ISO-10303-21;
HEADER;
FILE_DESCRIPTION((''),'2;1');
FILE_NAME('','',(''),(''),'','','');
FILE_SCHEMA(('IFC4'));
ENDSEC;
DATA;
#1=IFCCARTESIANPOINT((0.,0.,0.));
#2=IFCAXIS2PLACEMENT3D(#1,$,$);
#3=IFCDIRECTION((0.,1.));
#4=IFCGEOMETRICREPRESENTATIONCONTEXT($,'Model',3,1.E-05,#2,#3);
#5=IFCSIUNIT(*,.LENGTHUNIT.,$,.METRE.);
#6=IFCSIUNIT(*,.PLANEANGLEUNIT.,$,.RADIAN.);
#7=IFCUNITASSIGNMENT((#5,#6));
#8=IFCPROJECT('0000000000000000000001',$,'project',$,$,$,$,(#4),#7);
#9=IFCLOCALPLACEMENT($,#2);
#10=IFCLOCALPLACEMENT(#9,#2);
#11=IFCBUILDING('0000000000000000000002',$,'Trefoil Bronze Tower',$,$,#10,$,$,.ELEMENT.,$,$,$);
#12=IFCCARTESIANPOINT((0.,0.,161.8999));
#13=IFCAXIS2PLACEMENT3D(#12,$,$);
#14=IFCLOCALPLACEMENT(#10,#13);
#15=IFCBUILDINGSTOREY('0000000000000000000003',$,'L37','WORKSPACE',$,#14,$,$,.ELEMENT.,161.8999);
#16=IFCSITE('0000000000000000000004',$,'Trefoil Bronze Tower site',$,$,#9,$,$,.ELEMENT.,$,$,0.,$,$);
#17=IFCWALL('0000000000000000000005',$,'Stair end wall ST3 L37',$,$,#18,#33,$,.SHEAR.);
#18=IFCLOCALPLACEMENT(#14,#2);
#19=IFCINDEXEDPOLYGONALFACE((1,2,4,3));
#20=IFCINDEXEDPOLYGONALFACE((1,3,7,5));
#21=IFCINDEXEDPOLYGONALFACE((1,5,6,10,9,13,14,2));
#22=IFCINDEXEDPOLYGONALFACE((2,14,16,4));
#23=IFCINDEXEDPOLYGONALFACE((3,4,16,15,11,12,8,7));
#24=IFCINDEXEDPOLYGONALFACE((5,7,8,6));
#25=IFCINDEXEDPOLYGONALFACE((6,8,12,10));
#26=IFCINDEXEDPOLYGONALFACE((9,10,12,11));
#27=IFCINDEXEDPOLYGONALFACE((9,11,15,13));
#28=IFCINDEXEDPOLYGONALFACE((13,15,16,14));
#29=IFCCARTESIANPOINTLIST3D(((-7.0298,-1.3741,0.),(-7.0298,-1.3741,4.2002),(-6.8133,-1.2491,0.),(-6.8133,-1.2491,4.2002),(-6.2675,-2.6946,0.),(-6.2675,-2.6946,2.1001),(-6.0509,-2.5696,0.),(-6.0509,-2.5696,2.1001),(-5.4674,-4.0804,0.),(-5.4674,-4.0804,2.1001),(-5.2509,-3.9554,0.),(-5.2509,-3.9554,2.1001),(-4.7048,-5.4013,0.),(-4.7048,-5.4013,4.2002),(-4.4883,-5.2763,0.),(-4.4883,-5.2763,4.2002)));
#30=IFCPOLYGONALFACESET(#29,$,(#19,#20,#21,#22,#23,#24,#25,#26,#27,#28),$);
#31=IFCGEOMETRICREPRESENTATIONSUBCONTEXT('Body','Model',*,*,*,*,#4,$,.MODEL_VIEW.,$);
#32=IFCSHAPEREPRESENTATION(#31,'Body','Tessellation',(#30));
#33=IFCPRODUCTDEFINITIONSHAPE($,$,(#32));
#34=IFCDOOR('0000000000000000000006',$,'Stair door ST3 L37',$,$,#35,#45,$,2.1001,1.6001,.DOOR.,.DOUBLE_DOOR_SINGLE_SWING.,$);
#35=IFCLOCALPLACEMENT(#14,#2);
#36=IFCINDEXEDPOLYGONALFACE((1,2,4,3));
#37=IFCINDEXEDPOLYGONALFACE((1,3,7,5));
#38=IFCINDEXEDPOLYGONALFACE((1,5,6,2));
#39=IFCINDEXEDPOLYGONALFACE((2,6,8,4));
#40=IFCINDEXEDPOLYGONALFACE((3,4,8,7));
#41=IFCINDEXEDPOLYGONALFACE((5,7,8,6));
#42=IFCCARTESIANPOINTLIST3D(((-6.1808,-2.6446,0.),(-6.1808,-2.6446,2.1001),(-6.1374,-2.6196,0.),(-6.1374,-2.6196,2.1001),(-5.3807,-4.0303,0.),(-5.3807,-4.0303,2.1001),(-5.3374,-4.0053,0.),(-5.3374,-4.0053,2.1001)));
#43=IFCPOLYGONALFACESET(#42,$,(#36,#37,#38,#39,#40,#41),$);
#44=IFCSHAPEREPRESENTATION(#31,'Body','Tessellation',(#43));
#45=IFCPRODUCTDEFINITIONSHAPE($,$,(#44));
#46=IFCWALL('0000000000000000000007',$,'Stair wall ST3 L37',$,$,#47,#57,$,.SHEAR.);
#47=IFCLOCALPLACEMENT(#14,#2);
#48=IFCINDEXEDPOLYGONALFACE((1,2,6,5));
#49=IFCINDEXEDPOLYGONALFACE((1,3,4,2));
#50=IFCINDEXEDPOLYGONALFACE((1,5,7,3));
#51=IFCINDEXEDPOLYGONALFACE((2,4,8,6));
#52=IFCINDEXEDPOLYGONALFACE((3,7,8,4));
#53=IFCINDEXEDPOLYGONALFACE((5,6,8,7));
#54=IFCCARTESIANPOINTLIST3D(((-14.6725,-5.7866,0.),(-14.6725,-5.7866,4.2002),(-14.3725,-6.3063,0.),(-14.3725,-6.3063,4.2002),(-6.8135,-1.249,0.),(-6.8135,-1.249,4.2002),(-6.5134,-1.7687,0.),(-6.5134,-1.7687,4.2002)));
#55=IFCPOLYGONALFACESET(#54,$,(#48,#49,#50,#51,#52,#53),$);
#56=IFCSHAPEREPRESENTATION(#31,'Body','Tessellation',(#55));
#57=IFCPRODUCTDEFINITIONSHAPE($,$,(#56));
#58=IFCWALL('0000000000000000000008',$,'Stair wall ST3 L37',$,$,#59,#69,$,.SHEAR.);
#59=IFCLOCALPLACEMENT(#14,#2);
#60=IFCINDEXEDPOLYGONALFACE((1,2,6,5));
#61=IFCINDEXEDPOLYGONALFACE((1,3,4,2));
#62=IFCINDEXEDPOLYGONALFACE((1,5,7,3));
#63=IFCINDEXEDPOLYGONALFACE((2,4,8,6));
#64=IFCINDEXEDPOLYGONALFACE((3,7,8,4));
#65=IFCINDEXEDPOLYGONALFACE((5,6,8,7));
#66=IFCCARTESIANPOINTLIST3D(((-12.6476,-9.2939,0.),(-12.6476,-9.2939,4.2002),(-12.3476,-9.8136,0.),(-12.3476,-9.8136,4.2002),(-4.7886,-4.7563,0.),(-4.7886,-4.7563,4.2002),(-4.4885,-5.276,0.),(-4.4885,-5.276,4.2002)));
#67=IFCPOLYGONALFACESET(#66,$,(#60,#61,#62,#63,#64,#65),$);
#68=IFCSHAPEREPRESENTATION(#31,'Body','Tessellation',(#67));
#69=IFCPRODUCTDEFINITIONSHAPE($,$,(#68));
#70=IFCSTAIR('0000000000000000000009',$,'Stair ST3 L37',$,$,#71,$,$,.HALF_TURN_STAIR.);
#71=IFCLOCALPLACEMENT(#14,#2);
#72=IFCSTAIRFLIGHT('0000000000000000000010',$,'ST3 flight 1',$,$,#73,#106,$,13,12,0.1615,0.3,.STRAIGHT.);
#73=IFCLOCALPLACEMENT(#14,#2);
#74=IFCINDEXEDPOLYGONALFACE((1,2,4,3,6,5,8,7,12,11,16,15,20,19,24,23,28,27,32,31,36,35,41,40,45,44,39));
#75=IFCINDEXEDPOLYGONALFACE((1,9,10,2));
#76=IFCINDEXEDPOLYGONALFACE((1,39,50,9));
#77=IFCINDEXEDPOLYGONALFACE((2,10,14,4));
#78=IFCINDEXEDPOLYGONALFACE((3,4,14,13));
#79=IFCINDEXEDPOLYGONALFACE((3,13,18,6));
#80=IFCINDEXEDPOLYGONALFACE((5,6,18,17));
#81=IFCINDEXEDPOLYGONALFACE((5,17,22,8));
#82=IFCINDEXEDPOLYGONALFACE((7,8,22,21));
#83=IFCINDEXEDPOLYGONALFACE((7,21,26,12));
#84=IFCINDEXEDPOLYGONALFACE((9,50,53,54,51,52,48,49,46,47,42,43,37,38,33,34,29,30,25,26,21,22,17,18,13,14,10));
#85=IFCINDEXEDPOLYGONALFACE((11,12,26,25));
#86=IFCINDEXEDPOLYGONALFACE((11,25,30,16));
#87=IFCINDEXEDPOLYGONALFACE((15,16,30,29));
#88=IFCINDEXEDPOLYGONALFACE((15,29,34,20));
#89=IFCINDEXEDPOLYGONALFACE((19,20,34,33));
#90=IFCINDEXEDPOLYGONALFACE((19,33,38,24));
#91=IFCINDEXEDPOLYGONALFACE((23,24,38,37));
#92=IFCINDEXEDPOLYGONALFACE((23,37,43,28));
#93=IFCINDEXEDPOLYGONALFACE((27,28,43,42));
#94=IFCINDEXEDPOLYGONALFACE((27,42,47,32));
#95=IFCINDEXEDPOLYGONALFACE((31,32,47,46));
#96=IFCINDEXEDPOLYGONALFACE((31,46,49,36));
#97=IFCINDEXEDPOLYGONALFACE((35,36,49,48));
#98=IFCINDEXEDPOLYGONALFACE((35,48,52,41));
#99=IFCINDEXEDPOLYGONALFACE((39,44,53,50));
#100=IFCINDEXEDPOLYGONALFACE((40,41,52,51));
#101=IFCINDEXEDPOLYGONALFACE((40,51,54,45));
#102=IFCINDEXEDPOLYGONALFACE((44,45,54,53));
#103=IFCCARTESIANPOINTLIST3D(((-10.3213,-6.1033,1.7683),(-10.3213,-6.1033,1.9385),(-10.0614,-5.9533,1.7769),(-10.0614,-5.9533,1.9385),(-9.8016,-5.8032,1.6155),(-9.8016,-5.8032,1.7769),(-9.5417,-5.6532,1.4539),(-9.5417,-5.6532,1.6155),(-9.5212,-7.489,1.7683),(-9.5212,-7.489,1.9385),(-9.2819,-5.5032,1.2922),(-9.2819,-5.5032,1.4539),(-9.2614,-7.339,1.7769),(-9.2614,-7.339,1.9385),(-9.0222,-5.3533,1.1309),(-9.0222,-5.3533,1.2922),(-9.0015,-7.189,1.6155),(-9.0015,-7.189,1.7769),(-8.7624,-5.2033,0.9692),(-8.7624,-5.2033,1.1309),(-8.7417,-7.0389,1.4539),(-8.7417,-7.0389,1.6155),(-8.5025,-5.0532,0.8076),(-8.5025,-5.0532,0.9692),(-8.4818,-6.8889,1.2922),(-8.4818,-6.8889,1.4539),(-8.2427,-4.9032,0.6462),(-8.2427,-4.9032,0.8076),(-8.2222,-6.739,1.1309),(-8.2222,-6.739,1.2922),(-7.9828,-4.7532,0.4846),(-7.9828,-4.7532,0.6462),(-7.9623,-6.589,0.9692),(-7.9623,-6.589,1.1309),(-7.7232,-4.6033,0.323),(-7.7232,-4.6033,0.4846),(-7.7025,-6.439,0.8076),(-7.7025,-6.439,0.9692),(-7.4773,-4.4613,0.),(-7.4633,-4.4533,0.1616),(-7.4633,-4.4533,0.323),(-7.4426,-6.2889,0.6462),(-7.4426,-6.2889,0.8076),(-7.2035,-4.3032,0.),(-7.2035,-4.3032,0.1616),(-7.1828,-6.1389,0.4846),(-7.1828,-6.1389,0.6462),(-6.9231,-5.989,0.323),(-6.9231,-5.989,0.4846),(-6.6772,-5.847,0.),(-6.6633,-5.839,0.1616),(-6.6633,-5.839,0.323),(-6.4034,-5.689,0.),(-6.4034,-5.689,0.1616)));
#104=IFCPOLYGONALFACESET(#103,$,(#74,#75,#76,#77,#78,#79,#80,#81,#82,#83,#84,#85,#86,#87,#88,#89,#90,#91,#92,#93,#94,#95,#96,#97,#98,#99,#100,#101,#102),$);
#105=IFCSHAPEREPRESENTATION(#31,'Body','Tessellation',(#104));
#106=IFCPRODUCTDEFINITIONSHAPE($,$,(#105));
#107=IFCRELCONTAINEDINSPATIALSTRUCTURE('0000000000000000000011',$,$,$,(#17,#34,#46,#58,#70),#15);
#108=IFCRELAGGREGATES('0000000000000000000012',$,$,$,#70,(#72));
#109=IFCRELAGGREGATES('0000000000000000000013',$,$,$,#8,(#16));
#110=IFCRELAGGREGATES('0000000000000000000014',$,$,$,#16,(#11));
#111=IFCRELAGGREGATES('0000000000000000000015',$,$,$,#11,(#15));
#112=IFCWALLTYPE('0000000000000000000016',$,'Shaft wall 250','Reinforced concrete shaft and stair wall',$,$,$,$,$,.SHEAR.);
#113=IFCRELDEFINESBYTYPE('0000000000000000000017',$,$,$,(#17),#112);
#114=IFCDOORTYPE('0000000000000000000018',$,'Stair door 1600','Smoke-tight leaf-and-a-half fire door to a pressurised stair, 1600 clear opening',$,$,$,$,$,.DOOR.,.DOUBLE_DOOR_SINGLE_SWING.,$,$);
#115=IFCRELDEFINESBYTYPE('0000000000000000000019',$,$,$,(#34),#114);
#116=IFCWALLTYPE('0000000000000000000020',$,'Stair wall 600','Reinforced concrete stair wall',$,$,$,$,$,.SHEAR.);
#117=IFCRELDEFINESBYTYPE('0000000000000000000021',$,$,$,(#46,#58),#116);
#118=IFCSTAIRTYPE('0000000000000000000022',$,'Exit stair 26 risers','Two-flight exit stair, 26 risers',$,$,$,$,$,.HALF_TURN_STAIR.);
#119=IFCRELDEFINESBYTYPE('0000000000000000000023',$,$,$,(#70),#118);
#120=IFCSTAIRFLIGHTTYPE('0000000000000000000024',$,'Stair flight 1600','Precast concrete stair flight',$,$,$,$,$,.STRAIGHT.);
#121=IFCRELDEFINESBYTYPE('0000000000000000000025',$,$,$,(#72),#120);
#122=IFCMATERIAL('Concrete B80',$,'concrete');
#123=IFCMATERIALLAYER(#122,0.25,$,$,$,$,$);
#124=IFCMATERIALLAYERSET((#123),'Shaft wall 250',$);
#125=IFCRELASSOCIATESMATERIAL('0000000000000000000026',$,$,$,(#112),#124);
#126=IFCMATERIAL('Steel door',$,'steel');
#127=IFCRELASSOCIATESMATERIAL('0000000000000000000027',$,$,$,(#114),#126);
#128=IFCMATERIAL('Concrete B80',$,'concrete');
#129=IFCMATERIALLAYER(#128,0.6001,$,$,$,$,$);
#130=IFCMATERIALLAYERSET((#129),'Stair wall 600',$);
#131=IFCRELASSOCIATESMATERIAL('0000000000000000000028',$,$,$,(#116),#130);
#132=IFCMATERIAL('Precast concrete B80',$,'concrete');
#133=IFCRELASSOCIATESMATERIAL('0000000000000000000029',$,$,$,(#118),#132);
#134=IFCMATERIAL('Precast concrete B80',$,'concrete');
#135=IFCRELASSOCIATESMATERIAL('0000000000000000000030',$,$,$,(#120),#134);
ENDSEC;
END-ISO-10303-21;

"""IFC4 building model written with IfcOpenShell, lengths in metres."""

from ifc_helpers import new_model, si_unit, direction, frame, frame_2d, origin, place, context, subcontext, project, spatial, polyline, rectangle, outline, extrude, material, layer, layer_set, type_object, element, fill, aggregate, save


model = new_model("IFC4")

# Units and contexts
model_context = context("Model", 3, precision=1e-05, world=origin(), true_north=direction((0.0, 1.0)))
body_context = subcontext(model_context, "Body", "Model", "MODEL_VIEW")
ifc_project = project(units=[si_unit("LENGTHUNIT", "METRE"), si_unit("PLANEANGLEUNIT", "RADIAN")], contexts=[model_context])

# Site, building, storey
site_placement = place(None, origin())
site = spatial("IfcSite", under=ifc_project, at=site_placement, Name="Trefoil Bronze Tower site", CompositionType="ELEMENT", RefElevation=0.0)
building_placement = place(site_placement, origin())
building = spatial("IfcBuilding", under=site, at=building_placement, Name="Trefoil Bronze Tower", CompositionType="ELEMENT")
storey_placement = place(building_placement, frame((0.0, 0.0, 161.8999)))
storey = spatial("IfcBuildingStorey", under=building, at=storey_placement, Name="L37", Description="WORKSPACE", CompositionType="ELEMENT", Elevation=161.8999)

# Wall, opening, door
ifc_material_1 = material(Name="Concrete B80", Category="concrete")
ifc_layer_1 = layer(ifc_material_1, 0.25)
ifc_layer_set_1 = layer_set([ifc_layer_1], Name="Shaft wall 250")
wall_type_1 = type_object("IfcWallType", Name="Shaft wall 250", Description="Reinforced concrete shaft and stair wall", PredefinedType="SHEAR", material=ifc_layer_set_1)
wall_1_placement = place(storey_placement, frame((-6.9216, -1.3115, 0.0), z_axis=(0.0, 0.0, 1.0), x_axis=(0.499985, -0.866034, 0.0)))
wall_1 = element("IfcWall", 1, at=wall_1_placement, inside=storey, type_object=wall_type_1, Name="Stair end wall ST3 L37", PredefinedType="SHEAR", context=body_context, shape_type="SweptSolid", body=[
    extrude(rectangle(XDim=4.6501, YDim=0.25, at=frame_2d((2.3252, 0.0))), origin(), (0.0, 0.0, 1.0), 4.2002),
])
opening_1_placement = place(wall_1_placement, frame((1.5249, 0.0, 0.0)))
opening_1 = element("IfcOpeningElement", 2, at=opening_1_placement, cuts=wall_1, PredefinedType="OPENING", context=body_context, shape_type="SweptSolid", body=[
    extrude(rectangle(XDim=1.6001, YDim=2.1001, at=frame_2d((0.8, 1.05))), frame((0.0, 0.135, 0.0), z_axis=(0.0, -1.0, 0.0), x_axis=(1.0, 0.0, 0.0)), (0.0, 0.0, 1.0), 0.27),
])
ifc_material_2 = material(Name="Steel door", Category="steel")
door_type_1 = type_object("IfcDoorType", Name="Stair door 1600", Description="Smoke-tight leaf-and-a-half fire door to a pressurised stair, 1600 clear opening", OperationType="DOUBLE_DOOR_SINGLE_SWING", PredefinedType="DOOR", material=ifc_material_2)
door_1_placement = place(opening_1_placement, frame((1.6001, 0.0, 0.0), z_axis=(0.0, 0.0, 1.0), x_axis=(-1.0, 0.0, 0.0)))
door_1 = element("IfcDoor", 3, at=door_1_placement, inside=storey, type_object=door_type_1, Name="Stair door ST3 L37", OperationType="DOUBLE_DOOR_SINGLE_SWING", OverallHeight=2.1001, OverallWidth=1.6001, PredefinedType="DOOR", context=body_context, shape_type="SweptSolid", body=[
    extrude(rectangle(XDim=1.6001, YDim=2.1001, at=frame_2d((0.8, 1.05))), frame((0.0, 0.0249, 0.0), z_axis=(0.0, -1.0, 0.0), x_axis=(1.0, 0.0, 0.0)), (0.0, 0.0, 1.0), 0.05),
])
fill(opening_1, door_1)

# Walls
ifc_material_3 = material(Name="Concrete B80", Category="concrete")
ifc_layer_2 = layer(ifc_material_3, 0.6001)
ifc_layer_set_2 = layer_set([ifc_layer_2], Name="Stair wall 600")
wall_type_2 = type_object("IfcWallType", Name="Stair wall 600", Description="Reinforced concrete stair wall", PredefinedType="SHEAR", material=ifc_layer_set_2)
for number, where, z_axis, x_axis, name in (
    (4, (-6.6633, -1.5088, 0.0), (0.0, 0.0, 1.0), (-0.866019, -0.50001, 0.0), "Stair wall ST3 L37"),
    (5, (-4.6384, -5.0161, 0.0), (0.0, 0.0, 1.0), (-0.866019, -0.50001, 0.0), "Stair wall ST3 L37"),
):
    element("IfcWall", number, at=place(storey_placement, frame(where, z_axis=z_axis, x_axis=x_axis)), inside=storey, type_object=wall_type_2, Name=name, PredefinedType="SHEAR", context=body_context, shape_type="SweptSolid", body=[
        extrude(rectangle(XDim=9.075, YDim=0.6001, at=frame_2d((4.5376, 0.0))), origin(), (0.0, 0.0, 1.0), 4.2002),
    ])

# Stair, stair flight
ifc_material_4 = material(Name="Precast concrete B80", Category="concrete")
stair_type = type_object("IfcStairType", Name="Exit stair 26 risers", Description="Two-flight exit stair, 26 risers", PredefinedType="HALF_TURN_STAIR", material=ifc_material_4)
stair_placement = place(storey_placement, origin())
stair = element("IfcStair", 6, at=stair_placement, inside=storey, type_object=stair_type, Name="Stair ST3 L37", PredefinedType="HALF_TURN_STAIR")
ifc_material_5 = material(Name="Precast concrete B80", Category="concrete")
stair_flight_type = type_object("IfcStairFlightType", Name="Stair flight 1600", Description="Precast concrete stair flight", PredefinedType="STRAIGHT", material=ifc_material_5)
stair_flight_placement = place(storey_placement, frame((-6.8035, -4.9961, 0.0), z_axis=(0.0, 0.0, 1.0), x_axis=(-0.866025, -0.5, 0.0)))
stair_flight = element("IfcStairFlight", 7, at=stair_flight_placement, type_object=stair_flight_type, Name="ST3 flight 1", NumberOfRisers=13, NumberOfTreads=12, PredefinedType="STRAIGHT", RiserHeight=0.1615, TreadLength=0.3, context=body_context, shape_type="SweptSolid", body=[
    extrude(outline(polyline([(0.0, 0.0), (0.0, 0.1616), (0.3, 0.1616), (0.3, 0.323), (0.6001, 0.323), (0.6001, 0.4846), (0.8999, 0.4846), (0.8999, 0.6462), (1.2, 0.6462), (1.2, 0.8076), (1.5, 0.8076), (1.5, 0.9692), (1.8, 0.9692), (1.8, 1.1309), (2.1001, 1.1309), (2.1001, 1.2922), (2.3999, 1.2922), (2.3999, 1.4539), (2.7, 1.4539), (2.7, 1.6155), (3.0, 1.6155), (3.0, 1.7769), (3.3, 1.7769), (3.3, 1.9385), (3.6001, 1.9385), (3.6001, 2.1001), (3.6001, 1.7683), (0.3162, 0.0), (0.0, 0.0)])), frame((0.0, 0.8, 0.0), z_axis=(0.0, -1.0, 0.0), x_axis=(1.0, 0.0, 0.0)), (0.0, 0.0, 1.0), 1.6001),
])
aggregate(stair, [stair_flight])

save(model, "model.ifc")
